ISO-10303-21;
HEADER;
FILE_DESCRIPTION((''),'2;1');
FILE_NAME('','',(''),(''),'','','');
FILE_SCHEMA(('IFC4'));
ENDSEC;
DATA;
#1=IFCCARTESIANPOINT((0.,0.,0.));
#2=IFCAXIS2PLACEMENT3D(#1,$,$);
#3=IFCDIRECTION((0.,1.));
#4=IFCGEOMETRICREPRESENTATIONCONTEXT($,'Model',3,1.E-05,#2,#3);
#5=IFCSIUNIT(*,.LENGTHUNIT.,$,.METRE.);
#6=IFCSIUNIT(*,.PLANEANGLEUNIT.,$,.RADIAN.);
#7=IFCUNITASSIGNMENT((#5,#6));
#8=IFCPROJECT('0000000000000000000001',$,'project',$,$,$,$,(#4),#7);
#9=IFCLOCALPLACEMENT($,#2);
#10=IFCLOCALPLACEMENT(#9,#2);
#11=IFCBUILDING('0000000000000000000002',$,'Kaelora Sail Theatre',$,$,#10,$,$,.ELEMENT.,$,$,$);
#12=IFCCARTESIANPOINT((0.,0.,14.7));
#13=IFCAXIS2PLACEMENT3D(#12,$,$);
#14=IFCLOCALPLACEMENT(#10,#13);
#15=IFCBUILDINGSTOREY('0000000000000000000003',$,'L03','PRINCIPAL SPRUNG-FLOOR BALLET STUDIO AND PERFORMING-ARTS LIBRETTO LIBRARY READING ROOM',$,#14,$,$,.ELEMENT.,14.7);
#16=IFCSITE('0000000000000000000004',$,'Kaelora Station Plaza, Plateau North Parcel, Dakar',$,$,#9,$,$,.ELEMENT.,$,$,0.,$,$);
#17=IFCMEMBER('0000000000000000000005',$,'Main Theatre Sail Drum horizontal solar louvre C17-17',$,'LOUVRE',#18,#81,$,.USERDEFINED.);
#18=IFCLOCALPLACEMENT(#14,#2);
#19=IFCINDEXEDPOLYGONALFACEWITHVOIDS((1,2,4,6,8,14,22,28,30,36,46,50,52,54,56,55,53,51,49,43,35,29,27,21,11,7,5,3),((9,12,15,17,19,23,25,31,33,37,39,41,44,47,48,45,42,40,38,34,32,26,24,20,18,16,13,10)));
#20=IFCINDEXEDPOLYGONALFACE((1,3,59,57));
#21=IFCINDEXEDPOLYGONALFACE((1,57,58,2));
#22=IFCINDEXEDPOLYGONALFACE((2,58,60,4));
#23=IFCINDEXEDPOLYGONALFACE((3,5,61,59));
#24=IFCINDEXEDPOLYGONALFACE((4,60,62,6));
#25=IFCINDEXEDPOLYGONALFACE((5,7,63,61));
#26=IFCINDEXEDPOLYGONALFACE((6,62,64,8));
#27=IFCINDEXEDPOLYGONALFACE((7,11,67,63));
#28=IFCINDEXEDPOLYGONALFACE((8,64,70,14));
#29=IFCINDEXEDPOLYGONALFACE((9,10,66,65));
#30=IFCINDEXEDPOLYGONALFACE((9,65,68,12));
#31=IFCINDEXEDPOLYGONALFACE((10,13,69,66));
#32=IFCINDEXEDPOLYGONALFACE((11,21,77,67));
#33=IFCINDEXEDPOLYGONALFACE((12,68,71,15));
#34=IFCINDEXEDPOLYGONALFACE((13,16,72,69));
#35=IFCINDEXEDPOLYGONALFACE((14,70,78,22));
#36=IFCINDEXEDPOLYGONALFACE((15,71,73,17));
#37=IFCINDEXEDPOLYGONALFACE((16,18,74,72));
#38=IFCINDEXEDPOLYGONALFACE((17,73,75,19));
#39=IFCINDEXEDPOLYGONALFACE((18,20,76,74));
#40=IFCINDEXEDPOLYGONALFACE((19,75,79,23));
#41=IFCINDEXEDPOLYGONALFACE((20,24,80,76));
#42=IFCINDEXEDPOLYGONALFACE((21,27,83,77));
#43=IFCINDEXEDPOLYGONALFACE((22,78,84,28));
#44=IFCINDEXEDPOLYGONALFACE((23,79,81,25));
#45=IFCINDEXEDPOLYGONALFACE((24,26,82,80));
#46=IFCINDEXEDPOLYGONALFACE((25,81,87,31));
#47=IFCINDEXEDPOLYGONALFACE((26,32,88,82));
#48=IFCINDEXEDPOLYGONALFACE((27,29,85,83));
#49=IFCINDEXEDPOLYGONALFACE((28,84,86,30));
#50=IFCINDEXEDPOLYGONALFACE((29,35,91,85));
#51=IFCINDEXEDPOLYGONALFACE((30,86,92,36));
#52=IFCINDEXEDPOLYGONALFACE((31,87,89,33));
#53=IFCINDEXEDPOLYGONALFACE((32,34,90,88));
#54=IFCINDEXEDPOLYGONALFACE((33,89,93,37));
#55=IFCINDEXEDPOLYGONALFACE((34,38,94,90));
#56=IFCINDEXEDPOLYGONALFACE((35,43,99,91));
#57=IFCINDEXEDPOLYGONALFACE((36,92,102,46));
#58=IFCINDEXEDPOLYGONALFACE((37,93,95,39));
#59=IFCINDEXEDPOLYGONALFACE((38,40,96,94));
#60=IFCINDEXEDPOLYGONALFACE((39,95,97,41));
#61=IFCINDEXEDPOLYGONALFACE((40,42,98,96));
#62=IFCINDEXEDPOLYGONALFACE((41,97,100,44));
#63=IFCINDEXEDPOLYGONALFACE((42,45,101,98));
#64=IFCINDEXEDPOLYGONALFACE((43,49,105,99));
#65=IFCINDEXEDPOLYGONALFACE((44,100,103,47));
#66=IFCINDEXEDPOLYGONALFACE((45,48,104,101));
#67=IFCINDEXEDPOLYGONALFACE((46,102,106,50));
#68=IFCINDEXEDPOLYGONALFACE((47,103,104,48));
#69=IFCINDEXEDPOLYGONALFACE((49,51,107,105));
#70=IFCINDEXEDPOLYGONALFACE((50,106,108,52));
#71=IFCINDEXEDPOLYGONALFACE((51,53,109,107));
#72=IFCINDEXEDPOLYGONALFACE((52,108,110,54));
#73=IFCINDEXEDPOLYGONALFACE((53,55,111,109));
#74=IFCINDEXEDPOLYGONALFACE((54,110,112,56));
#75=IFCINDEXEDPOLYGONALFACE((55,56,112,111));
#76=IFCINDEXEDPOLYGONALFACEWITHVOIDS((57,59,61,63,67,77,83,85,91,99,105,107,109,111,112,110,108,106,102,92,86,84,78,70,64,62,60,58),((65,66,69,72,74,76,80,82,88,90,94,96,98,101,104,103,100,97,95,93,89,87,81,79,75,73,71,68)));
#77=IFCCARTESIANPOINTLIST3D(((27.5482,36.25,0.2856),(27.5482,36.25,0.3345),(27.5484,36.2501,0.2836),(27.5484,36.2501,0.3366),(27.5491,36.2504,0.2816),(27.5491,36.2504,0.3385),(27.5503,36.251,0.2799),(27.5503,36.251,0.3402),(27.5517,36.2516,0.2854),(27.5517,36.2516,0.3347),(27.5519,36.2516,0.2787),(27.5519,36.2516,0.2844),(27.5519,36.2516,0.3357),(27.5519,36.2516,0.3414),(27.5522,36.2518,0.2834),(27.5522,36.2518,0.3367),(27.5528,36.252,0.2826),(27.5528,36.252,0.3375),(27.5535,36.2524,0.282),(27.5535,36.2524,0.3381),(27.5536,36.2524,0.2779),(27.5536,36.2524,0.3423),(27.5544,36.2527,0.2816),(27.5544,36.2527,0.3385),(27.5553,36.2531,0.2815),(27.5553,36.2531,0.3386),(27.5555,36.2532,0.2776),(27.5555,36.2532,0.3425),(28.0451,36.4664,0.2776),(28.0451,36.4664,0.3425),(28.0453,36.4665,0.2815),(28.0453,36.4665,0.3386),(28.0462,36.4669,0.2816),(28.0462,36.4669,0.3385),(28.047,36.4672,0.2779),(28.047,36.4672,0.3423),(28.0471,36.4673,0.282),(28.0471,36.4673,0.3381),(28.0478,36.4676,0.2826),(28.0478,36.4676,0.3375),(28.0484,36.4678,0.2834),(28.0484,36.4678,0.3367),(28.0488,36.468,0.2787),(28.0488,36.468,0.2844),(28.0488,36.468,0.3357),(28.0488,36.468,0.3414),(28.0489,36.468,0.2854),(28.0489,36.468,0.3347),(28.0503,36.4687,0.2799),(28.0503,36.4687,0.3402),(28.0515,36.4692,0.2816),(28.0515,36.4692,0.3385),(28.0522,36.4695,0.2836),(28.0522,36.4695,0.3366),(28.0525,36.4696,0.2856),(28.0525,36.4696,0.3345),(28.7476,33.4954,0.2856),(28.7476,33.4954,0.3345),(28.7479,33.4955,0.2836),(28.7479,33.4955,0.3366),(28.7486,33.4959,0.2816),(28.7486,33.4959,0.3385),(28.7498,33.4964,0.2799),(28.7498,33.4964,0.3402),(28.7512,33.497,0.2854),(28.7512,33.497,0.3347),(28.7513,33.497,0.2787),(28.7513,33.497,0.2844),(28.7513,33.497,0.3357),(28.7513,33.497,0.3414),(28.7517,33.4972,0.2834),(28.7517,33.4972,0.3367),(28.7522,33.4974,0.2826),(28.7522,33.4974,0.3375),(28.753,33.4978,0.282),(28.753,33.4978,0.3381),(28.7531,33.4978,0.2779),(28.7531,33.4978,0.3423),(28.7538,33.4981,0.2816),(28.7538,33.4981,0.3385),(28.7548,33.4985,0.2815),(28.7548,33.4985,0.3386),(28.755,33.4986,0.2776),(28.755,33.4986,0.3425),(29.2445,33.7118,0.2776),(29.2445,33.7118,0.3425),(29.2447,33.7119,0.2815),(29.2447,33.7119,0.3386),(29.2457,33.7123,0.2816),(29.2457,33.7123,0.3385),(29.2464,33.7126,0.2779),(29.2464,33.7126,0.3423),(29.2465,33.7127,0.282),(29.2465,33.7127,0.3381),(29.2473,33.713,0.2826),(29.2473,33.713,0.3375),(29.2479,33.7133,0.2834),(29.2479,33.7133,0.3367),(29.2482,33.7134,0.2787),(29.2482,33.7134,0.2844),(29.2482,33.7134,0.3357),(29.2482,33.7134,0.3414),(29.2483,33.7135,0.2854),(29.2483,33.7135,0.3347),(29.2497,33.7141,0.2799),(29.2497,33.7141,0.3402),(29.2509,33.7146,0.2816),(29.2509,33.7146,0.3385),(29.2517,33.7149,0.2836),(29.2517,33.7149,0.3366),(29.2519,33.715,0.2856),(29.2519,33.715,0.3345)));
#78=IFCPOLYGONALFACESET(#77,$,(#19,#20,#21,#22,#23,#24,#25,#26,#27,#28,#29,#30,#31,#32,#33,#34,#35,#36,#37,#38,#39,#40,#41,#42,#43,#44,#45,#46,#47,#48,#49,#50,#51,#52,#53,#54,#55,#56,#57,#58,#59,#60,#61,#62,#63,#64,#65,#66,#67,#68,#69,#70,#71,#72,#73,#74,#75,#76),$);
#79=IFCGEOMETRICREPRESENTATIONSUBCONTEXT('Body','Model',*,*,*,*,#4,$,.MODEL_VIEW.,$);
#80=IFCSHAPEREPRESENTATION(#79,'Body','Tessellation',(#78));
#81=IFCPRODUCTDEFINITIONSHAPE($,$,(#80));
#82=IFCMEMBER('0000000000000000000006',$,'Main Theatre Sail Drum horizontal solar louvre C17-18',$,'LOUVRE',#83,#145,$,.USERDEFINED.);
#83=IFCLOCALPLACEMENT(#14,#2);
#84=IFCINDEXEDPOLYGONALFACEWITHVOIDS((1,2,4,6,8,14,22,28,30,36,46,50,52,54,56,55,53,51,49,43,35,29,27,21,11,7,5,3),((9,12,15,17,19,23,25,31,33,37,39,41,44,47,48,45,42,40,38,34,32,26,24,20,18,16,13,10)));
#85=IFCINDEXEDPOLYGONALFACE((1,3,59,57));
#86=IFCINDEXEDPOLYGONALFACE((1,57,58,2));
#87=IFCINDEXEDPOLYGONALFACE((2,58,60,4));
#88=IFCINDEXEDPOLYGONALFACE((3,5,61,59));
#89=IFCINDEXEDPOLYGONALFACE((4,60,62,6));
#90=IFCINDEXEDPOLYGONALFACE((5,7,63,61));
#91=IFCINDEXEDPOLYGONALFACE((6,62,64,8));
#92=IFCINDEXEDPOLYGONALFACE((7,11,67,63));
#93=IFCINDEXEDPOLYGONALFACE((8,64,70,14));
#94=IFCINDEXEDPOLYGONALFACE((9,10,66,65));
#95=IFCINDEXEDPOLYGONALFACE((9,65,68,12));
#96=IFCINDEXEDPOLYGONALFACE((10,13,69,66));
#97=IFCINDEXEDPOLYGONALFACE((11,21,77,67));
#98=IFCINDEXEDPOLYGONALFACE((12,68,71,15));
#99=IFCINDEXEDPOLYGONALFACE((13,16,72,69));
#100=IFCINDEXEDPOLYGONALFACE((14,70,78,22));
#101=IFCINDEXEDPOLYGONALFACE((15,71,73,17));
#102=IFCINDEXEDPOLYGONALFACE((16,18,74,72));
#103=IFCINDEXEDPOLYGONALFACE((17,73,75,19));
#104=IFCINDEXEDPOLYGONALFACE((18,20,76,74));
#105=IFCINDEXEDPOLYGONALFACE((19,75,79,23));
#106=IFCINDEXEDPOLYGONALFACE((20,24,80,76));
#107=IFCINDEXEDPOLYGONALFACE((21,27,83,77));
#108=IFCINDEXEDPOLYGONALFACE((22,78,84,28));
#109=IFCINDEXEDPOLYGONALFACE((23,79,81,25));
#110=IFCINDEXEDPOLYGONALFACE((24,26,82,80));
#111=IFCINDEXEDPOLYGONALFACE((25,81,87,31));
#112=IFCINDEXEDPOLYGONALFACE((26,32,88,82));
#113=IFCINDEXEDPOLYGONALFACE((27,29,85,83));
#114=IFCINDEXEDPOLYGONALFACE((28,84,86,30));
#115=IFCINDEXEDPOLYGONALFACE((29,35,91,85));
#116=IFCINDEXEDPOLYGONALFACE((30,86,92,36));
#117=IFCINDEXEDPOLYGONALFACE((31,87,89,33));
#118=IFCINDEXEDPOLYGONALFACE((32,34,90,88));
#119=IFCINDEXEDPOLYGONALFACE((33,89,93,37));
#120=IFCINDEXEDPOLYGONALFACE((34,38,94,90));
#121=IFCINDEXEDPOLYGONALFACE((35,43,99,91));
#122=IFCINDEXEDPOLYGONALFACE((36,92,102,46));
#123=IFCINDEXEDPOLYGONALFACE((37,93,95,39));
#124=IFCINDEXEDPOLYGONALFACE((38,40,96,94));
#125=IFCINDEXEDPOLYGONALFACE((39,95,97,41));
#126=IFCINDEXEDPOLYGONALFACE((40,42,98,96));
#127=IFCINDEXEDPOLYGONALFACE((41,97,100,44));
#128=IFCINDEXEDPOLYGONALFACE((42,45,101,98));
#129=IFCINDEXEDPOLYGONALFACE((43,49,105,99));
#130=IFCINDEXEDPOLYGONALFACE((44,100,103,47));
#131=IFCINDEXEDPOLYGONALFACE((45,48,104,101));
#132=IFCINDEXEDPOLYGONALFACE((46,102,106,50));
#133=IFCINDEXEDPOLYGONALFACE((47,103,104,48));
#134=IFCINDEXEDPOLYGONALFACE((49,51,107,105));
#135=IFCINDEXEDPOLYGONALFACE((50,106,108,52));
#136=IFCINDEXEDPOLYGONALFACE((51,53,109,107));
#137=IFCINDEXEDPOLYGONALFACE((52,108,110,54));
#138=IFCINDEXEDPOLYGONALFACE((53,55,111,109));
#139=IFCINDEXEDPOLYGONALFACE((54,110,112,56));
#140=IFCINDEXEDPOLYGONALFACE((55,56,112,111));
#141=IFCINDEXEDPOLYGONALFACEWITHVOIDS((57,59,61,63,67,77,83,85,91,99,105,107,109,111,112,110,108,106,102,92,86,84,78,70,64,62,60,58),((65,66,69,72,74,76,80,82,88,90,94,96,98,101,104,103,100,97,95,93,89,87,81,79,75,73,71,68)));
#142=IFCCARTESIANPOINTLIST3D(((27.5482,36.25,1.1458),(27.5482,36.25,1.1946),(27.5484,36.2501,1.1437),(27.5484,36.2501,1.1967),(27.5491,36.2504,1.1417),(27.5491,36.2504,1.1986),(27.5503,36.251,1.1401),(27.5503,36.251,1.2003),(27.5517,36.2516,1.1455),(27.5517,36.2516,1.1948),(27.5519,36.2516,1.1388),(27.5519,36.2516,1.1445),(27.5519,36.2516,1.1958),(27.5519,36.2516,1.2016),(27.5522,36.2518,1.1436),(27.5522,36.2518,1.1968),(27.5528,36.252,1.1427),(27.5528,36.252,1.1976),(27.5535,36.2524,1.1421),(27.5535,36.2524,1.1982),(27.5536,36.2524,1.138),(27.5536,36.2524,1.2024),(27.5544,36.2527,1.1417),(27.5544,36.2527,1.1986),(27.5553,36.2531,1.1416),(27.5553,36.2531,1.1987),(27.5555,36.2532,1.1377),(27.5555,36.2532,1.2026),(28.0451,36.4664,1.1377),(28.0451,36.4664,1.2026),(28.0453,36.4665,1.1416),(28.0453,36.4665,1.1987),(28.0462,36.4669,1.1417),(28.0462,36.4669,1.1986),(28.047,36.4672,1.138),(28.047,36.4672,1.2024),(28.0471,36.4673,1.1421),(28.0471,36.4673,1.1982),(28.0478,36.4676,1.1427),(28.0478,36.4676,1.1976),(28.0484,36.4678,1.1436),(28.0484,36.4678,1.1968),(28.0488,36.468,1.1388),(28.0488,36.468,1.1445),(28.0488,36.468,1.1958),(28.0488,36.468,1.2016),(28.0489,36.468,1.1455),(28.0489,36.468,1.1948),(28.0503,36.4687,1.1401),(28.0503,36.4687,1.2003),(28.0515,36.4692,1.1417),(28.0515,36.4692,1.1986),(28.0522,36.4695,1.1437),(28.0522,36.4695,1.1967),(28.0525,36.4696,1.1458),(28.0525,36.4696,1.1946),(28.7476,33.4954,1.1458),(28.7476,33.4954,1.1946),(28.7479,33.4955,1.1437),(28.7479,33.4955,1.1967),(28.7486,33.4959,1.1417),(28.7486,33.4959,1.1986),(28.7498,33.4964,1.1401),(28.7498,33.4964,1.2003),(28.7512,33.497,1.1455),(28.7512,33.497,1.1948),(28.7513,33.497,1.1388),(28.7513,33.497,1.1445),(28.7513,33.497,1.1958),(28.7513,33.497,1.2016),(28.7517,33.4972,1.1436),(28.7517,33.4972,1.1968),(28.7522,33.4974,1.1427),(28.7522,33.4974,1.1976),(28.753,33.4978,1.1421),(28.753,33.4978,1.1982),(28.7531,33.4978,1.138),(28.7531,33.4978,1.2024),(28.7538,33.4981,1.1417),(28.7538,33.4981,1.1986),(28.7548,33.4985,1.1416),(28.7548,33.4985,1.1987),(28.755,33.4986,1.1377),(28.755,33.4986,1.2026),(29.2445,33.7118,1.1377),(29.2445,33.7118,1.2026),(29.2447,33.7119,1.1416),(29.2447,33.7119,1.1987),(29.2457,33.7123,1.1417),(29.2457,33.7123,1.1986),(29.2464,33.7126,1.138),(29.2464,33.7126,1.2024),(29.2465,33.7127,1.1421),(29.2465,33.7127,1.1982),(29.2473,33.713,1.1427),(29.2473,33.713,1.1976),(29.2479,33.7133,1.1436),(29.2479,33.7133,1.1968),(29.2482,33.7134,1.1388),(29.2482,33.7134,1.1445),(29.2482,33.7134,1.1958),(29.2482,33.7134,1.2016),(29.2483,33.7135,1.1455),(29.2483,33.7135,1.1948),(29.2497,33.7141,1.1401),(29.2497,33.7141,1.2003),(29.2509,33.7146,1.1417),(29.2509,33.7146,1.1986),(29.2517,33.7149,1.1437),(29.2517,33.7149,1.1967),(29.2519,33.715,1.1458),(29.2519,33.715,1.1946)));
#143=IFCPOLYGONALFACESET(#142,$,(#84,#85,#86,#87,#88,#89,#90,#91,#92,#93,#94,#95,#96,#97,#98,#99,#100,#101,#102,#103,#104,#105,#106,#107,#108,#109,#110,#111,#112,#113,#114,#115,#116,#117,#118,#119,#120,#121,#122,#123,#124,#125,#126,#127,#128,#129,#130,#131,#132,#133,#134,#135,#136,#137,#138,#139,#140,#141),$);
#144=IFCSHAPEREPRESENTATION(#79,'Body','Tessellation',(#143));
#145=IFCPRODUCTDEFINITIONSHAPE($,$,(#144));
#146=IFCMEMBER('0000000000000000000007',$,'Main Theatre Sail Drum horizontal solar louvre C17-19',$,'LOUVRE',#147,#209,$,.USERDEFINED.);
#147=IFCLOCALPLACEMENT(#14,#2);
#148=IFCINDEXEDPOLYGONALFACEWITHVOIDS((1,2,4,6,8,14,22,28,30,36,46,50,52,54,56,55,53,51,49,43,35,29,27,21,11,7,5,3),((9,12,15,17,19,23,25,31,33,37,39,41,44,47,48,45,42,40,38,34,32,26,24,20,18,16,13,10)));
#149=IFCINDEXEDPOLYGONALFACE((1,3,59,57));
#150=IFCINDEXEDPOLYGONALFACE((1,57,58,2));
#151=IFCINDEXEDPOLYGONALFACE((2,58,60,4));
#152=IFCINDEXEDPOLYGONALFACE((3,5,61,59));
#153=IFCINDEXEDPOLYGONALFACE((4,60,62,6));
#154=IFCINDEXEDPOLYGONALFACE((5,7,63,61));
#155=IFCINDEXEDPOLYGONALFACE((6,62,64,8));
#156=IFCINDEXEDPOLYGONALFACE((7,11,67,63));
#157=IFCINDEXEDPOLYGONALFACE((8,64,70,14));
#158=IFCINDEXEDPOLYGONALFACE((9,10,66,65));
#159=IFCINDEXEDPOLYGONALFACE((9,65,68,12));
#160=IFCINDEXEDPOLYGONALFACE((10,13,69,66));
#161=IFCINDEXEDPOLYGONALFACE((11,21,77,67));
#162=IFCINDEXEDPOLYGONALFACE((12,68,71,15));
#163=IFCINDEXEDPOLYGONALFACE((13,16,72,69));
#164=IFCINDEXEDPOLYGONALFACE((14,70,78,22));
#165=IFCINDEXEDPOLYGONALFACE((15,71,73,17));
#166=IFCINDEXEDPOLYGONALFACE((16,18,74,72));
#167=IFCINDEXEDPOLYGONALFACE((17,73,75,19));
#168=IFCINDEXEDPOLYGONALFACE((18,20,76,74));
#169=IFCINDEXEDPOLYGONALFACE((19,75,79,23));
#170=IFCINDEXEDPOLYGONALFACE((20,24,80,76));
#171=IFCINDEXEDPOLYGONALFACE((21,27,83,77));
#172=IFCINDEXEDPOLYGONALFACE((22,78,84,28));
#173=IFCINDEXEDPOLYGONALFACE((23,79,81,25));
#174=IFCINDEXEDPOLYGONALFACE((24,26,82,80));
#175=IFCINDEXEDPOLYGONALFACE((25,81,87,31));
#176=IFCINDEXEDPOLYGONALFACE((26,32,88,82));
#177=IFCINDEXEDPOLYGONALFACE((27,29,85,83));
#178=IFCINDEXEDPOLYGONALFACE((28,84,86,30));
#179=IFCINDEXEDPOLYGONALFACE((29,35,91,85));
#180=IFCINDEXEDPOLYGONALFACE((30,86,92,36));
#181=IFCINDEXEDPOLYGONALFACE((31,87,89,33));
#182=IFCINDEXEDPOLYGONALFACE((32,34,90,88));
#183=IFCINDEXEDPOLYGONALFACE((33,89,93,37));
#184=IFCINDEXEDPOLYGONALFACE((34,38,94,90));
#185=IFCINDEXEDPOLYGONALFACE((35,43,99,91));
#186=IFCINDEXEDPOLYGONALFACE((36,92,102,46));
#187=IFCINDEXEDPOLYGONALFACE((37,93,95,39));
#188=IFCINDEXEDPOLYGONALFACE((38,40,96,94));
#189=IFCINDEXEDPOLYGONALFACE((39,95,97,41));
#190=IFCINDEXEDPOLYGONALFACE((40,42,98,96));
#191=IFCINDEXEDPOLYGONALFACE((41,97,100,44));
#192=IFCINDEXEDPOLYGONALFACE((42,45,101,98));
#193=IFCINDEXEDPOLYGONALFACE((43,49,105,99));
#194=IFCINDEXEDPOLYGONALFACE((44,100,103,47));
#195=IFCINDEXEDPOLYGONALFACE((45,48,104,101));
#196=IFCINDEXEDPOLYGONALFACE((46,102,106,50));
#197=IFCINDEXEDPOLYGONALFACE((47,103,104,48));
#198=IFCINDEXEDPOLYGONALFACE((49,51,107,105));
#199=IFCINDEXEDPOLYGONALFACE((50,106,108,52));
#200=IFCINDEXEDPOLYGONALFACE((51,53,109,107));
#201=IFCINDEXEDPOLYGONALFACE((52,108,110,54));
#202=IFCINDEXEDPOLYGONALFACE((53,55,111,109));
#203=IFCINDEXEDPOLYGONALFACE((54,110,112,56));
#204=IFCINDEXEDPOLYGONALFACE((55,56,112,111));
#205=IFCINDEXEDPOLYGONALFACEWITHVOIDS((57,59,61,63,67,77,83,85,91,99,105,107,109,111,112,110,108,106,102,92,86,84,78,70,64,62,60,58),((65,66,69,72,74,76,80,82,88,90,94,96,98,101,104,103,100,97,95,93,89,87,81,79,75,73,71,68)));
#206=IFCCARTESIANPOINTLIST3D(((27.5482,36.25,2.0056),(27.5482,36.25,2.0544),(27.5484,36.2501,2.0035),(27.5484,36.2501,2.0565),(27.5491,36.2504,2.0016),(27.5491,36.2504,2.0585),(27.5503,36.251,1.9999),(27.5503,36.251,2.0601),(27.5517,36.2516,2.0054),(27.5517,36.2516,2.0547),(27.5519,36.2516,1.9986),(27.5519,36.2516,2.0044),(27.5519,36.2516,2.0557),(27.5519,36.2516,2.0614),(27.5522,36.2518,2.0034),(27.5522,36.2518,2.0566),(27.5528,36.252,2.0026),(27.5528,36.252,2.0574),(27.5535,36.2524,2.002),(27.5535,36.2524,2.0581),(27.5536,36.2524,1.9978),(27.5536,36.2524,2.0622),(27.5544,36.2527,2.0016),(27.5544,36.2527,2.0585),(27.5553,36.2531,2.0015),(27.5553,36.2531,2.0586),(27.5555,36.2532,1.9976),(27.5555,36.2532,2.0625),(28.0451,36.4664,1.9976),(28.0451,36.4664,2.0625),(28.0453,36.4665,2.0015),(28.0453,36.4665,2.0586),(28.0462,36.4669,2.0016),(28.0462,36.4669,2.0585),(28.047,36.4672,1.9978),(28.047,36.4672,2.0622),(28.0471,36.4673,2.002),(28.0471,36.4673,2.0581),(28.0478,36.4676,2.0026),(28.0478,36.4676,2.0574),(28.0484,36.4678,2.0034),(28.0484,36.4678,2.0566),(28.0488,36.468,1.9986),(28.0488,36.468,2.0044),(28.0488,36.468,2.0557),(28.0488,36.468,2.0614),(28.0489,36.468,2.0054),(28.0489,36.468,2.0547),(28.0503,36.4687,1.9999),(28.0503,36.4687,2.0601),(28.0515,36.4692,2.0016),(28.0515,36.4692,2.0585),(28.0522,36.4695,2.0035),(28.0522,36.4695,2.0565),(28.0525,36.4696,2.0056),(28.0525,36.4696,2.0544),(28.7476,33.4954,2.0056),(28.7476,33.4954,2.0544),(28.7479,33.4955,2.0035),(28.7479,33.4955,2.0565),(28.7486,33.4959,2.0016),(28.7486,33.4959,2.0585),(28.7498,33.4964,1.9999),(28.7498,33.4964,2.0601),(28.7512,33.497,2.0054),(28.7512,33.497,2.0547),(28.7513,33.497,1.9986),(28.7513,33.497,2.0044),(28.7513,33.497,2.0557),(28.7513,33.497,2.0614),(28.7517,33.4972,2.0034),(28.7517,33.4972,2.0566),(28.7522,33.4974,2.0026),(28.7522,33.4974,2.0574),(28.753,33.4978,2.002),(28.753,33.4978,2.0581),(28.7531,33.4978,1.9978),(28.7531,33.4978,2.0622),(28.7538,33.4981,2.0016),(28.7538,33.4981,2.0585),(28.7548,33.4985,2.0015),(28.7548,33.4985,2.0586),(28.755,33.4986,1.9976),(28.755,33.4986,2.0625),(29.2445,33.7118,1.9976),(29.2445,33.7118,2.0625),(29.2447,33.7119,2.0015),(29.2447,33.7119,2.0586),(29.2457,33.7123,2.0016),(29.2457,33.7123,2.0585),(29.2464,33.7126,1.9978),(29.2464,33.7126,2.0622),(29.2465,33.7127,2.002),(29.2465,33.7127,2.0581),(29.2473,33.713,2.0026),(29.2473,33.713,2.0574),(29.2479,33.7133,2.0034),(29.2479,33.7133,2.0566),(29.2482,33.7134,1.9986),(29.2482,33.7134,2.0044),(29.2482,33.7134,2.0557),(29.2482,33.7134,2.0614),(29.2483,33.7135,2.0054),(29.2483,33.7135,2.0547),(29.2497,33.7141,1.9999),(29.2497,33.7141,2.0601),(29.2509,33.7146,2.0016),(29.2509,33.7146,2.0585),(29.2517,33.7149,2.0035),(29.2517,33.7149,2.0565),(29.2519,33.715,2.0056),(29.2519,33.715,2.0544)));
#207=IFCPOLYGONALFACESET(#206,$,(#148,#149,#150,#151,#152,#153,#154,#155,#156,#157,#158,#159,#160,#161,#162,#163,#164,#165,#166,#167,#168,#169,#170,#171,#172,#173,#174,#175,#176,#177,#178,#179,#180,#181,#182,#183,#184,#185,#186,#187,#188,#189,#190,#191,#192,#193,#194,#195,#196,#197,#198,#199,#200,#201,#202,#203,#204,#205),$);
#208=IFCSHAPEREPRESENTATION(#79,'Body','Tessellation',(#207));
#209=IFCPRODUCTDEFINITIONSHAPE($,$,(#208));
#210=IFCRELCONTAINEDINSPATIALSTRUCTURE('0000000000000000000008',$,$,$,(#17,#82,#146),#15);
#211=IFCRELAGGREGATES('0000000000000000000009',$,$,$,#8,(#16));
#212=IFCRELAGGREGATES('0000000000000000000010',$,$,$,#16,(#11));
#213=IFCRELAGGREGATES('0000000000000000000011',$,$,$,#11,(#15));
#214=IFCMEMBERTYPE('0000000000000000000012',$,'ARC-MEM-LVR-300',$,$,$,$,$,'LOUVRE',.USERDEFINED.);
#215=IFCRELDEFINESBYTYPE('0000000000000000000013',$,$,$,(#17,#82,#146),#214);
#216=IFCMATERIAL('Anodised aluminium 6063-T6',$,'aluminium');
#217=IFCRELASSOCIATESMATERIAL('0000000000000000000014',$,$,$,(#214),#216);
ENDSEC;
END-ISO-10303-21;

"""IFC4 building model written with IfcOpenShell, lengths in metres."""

from ifc_helpers import new_model, si_unit, direction, frame, origin, origin_2d, place, context, subcontext, project, spatial, hollow_rectangle, extrude, material, material_profile, profile_set, type_object, element, save


model = new_model("IFC4")

# Units and contexts
model_context = context("Model", 3, precision=1e-05, world=origin(), true_north=direction((0.0, 1.0)))
body_context = subcontext(model_context, "Body", "Model", "MODEL_VIEW")
ifc_project = project(units=[si_unit("LENGTHUNIT", "METRE"), si_unit("PLANEANGLEUNIT", "RADIAN")], contexts=[model_context])

# Site, building, storey
site_placement = place(None, origin())
site = spatial("IfcSite", under=ifc_project, at=site_placement, Name="Kaelora Station Plaza, Plateau North Parcel, Dakar", CompositionType="ELEMENT", RefElevation=0.0)
building_placement = place(site_placement, origin())
building = spatial("IfcBuilding", under=site, at=building_placement, Name="Kaelora Sail Theatre", CompositionType="ELEMENT")
storey_placement = place(building_placement, frame((0.0, 0.0, 14.7)))
storey = spatial("IfcBuildingStorey", under=building, at=storey_placement, Name="L03", Description="PRINCIPAL SPRUNG-FLOOR BALLET STUDIO AND PERFORMING-ARTS LIBRETTO LIBRARY READING ROOM", CompositionType="ELEMENT", Elevation=14.7)

# Members
ifc_material_1 = material(Name="Anodised aluminium 6063-T6", Category="aluminium")
ifc_material_profile_1 = material_profile(ifc_material_1, hollow_rectangle(XDim=0.55, YDim=0.0649, WallThickness=0.0039, InnerFilletRadius=0.0039, OuterFilletRadius=0.0081, at=origin_2d()), Name="LOUVRE 550x65x4")
ifc_profile_set_1 = profile_set([ifc_material_profile_1], Name="Anodised aluminium 6063-T6")
member_type = type_object("IfcMemberType", Name="ARC-MEM-LVR-300", ElementType="LOUVRE", PredefinedType="USERDEFINED", material=ifc_profile_set_1)
for number, where, z_axis, x_axis, name in (
    (1, (28.9998, 33.6052, 0.3101), (-0.399228, 0.916852, 0.0), (-0.916852, -0.399228, 0.0), "Main Theatre Sail Drum horizontal solar louvre C17-17"),
    (2, (28.9998, 33.6052, 1.1702), (-0.399228, 0.916852, 0.0), (-0.916852, -0.399228, 0.0), "Main Theatre Sail Drum horizontal solar louvre C17-18"),
    (3, (28.9998, 33.6052, 2.03), (-0.399228, 0.916852, 0.0), (-0.916852, -0.399228, 0.0), "Main Theatre Sail Drum horizontal solar louvre C17-19"),
):
    element("IfcMember", number, at=place(storey_placement, frame(where, z_axis=z_axis, x_axis=x_axis)), inside=storey, type_object=member_type, Name=name, ObjectType="LOUVRE", PredefinedType="USERDEFINED", context=body_context, shape_type="SweptSolid", body=[
        extrude(hollow_rectangle(XDim=0.55, YDim=0.0649, WallThickness=0.0039, InnerFilletRadius=0.0039, OuterFilletRadius=0.0081, at=origin_2d()), origin(), (0.0, 0.0, 1.0), 3.0044),
    ])

save(model, "model.ifc")
